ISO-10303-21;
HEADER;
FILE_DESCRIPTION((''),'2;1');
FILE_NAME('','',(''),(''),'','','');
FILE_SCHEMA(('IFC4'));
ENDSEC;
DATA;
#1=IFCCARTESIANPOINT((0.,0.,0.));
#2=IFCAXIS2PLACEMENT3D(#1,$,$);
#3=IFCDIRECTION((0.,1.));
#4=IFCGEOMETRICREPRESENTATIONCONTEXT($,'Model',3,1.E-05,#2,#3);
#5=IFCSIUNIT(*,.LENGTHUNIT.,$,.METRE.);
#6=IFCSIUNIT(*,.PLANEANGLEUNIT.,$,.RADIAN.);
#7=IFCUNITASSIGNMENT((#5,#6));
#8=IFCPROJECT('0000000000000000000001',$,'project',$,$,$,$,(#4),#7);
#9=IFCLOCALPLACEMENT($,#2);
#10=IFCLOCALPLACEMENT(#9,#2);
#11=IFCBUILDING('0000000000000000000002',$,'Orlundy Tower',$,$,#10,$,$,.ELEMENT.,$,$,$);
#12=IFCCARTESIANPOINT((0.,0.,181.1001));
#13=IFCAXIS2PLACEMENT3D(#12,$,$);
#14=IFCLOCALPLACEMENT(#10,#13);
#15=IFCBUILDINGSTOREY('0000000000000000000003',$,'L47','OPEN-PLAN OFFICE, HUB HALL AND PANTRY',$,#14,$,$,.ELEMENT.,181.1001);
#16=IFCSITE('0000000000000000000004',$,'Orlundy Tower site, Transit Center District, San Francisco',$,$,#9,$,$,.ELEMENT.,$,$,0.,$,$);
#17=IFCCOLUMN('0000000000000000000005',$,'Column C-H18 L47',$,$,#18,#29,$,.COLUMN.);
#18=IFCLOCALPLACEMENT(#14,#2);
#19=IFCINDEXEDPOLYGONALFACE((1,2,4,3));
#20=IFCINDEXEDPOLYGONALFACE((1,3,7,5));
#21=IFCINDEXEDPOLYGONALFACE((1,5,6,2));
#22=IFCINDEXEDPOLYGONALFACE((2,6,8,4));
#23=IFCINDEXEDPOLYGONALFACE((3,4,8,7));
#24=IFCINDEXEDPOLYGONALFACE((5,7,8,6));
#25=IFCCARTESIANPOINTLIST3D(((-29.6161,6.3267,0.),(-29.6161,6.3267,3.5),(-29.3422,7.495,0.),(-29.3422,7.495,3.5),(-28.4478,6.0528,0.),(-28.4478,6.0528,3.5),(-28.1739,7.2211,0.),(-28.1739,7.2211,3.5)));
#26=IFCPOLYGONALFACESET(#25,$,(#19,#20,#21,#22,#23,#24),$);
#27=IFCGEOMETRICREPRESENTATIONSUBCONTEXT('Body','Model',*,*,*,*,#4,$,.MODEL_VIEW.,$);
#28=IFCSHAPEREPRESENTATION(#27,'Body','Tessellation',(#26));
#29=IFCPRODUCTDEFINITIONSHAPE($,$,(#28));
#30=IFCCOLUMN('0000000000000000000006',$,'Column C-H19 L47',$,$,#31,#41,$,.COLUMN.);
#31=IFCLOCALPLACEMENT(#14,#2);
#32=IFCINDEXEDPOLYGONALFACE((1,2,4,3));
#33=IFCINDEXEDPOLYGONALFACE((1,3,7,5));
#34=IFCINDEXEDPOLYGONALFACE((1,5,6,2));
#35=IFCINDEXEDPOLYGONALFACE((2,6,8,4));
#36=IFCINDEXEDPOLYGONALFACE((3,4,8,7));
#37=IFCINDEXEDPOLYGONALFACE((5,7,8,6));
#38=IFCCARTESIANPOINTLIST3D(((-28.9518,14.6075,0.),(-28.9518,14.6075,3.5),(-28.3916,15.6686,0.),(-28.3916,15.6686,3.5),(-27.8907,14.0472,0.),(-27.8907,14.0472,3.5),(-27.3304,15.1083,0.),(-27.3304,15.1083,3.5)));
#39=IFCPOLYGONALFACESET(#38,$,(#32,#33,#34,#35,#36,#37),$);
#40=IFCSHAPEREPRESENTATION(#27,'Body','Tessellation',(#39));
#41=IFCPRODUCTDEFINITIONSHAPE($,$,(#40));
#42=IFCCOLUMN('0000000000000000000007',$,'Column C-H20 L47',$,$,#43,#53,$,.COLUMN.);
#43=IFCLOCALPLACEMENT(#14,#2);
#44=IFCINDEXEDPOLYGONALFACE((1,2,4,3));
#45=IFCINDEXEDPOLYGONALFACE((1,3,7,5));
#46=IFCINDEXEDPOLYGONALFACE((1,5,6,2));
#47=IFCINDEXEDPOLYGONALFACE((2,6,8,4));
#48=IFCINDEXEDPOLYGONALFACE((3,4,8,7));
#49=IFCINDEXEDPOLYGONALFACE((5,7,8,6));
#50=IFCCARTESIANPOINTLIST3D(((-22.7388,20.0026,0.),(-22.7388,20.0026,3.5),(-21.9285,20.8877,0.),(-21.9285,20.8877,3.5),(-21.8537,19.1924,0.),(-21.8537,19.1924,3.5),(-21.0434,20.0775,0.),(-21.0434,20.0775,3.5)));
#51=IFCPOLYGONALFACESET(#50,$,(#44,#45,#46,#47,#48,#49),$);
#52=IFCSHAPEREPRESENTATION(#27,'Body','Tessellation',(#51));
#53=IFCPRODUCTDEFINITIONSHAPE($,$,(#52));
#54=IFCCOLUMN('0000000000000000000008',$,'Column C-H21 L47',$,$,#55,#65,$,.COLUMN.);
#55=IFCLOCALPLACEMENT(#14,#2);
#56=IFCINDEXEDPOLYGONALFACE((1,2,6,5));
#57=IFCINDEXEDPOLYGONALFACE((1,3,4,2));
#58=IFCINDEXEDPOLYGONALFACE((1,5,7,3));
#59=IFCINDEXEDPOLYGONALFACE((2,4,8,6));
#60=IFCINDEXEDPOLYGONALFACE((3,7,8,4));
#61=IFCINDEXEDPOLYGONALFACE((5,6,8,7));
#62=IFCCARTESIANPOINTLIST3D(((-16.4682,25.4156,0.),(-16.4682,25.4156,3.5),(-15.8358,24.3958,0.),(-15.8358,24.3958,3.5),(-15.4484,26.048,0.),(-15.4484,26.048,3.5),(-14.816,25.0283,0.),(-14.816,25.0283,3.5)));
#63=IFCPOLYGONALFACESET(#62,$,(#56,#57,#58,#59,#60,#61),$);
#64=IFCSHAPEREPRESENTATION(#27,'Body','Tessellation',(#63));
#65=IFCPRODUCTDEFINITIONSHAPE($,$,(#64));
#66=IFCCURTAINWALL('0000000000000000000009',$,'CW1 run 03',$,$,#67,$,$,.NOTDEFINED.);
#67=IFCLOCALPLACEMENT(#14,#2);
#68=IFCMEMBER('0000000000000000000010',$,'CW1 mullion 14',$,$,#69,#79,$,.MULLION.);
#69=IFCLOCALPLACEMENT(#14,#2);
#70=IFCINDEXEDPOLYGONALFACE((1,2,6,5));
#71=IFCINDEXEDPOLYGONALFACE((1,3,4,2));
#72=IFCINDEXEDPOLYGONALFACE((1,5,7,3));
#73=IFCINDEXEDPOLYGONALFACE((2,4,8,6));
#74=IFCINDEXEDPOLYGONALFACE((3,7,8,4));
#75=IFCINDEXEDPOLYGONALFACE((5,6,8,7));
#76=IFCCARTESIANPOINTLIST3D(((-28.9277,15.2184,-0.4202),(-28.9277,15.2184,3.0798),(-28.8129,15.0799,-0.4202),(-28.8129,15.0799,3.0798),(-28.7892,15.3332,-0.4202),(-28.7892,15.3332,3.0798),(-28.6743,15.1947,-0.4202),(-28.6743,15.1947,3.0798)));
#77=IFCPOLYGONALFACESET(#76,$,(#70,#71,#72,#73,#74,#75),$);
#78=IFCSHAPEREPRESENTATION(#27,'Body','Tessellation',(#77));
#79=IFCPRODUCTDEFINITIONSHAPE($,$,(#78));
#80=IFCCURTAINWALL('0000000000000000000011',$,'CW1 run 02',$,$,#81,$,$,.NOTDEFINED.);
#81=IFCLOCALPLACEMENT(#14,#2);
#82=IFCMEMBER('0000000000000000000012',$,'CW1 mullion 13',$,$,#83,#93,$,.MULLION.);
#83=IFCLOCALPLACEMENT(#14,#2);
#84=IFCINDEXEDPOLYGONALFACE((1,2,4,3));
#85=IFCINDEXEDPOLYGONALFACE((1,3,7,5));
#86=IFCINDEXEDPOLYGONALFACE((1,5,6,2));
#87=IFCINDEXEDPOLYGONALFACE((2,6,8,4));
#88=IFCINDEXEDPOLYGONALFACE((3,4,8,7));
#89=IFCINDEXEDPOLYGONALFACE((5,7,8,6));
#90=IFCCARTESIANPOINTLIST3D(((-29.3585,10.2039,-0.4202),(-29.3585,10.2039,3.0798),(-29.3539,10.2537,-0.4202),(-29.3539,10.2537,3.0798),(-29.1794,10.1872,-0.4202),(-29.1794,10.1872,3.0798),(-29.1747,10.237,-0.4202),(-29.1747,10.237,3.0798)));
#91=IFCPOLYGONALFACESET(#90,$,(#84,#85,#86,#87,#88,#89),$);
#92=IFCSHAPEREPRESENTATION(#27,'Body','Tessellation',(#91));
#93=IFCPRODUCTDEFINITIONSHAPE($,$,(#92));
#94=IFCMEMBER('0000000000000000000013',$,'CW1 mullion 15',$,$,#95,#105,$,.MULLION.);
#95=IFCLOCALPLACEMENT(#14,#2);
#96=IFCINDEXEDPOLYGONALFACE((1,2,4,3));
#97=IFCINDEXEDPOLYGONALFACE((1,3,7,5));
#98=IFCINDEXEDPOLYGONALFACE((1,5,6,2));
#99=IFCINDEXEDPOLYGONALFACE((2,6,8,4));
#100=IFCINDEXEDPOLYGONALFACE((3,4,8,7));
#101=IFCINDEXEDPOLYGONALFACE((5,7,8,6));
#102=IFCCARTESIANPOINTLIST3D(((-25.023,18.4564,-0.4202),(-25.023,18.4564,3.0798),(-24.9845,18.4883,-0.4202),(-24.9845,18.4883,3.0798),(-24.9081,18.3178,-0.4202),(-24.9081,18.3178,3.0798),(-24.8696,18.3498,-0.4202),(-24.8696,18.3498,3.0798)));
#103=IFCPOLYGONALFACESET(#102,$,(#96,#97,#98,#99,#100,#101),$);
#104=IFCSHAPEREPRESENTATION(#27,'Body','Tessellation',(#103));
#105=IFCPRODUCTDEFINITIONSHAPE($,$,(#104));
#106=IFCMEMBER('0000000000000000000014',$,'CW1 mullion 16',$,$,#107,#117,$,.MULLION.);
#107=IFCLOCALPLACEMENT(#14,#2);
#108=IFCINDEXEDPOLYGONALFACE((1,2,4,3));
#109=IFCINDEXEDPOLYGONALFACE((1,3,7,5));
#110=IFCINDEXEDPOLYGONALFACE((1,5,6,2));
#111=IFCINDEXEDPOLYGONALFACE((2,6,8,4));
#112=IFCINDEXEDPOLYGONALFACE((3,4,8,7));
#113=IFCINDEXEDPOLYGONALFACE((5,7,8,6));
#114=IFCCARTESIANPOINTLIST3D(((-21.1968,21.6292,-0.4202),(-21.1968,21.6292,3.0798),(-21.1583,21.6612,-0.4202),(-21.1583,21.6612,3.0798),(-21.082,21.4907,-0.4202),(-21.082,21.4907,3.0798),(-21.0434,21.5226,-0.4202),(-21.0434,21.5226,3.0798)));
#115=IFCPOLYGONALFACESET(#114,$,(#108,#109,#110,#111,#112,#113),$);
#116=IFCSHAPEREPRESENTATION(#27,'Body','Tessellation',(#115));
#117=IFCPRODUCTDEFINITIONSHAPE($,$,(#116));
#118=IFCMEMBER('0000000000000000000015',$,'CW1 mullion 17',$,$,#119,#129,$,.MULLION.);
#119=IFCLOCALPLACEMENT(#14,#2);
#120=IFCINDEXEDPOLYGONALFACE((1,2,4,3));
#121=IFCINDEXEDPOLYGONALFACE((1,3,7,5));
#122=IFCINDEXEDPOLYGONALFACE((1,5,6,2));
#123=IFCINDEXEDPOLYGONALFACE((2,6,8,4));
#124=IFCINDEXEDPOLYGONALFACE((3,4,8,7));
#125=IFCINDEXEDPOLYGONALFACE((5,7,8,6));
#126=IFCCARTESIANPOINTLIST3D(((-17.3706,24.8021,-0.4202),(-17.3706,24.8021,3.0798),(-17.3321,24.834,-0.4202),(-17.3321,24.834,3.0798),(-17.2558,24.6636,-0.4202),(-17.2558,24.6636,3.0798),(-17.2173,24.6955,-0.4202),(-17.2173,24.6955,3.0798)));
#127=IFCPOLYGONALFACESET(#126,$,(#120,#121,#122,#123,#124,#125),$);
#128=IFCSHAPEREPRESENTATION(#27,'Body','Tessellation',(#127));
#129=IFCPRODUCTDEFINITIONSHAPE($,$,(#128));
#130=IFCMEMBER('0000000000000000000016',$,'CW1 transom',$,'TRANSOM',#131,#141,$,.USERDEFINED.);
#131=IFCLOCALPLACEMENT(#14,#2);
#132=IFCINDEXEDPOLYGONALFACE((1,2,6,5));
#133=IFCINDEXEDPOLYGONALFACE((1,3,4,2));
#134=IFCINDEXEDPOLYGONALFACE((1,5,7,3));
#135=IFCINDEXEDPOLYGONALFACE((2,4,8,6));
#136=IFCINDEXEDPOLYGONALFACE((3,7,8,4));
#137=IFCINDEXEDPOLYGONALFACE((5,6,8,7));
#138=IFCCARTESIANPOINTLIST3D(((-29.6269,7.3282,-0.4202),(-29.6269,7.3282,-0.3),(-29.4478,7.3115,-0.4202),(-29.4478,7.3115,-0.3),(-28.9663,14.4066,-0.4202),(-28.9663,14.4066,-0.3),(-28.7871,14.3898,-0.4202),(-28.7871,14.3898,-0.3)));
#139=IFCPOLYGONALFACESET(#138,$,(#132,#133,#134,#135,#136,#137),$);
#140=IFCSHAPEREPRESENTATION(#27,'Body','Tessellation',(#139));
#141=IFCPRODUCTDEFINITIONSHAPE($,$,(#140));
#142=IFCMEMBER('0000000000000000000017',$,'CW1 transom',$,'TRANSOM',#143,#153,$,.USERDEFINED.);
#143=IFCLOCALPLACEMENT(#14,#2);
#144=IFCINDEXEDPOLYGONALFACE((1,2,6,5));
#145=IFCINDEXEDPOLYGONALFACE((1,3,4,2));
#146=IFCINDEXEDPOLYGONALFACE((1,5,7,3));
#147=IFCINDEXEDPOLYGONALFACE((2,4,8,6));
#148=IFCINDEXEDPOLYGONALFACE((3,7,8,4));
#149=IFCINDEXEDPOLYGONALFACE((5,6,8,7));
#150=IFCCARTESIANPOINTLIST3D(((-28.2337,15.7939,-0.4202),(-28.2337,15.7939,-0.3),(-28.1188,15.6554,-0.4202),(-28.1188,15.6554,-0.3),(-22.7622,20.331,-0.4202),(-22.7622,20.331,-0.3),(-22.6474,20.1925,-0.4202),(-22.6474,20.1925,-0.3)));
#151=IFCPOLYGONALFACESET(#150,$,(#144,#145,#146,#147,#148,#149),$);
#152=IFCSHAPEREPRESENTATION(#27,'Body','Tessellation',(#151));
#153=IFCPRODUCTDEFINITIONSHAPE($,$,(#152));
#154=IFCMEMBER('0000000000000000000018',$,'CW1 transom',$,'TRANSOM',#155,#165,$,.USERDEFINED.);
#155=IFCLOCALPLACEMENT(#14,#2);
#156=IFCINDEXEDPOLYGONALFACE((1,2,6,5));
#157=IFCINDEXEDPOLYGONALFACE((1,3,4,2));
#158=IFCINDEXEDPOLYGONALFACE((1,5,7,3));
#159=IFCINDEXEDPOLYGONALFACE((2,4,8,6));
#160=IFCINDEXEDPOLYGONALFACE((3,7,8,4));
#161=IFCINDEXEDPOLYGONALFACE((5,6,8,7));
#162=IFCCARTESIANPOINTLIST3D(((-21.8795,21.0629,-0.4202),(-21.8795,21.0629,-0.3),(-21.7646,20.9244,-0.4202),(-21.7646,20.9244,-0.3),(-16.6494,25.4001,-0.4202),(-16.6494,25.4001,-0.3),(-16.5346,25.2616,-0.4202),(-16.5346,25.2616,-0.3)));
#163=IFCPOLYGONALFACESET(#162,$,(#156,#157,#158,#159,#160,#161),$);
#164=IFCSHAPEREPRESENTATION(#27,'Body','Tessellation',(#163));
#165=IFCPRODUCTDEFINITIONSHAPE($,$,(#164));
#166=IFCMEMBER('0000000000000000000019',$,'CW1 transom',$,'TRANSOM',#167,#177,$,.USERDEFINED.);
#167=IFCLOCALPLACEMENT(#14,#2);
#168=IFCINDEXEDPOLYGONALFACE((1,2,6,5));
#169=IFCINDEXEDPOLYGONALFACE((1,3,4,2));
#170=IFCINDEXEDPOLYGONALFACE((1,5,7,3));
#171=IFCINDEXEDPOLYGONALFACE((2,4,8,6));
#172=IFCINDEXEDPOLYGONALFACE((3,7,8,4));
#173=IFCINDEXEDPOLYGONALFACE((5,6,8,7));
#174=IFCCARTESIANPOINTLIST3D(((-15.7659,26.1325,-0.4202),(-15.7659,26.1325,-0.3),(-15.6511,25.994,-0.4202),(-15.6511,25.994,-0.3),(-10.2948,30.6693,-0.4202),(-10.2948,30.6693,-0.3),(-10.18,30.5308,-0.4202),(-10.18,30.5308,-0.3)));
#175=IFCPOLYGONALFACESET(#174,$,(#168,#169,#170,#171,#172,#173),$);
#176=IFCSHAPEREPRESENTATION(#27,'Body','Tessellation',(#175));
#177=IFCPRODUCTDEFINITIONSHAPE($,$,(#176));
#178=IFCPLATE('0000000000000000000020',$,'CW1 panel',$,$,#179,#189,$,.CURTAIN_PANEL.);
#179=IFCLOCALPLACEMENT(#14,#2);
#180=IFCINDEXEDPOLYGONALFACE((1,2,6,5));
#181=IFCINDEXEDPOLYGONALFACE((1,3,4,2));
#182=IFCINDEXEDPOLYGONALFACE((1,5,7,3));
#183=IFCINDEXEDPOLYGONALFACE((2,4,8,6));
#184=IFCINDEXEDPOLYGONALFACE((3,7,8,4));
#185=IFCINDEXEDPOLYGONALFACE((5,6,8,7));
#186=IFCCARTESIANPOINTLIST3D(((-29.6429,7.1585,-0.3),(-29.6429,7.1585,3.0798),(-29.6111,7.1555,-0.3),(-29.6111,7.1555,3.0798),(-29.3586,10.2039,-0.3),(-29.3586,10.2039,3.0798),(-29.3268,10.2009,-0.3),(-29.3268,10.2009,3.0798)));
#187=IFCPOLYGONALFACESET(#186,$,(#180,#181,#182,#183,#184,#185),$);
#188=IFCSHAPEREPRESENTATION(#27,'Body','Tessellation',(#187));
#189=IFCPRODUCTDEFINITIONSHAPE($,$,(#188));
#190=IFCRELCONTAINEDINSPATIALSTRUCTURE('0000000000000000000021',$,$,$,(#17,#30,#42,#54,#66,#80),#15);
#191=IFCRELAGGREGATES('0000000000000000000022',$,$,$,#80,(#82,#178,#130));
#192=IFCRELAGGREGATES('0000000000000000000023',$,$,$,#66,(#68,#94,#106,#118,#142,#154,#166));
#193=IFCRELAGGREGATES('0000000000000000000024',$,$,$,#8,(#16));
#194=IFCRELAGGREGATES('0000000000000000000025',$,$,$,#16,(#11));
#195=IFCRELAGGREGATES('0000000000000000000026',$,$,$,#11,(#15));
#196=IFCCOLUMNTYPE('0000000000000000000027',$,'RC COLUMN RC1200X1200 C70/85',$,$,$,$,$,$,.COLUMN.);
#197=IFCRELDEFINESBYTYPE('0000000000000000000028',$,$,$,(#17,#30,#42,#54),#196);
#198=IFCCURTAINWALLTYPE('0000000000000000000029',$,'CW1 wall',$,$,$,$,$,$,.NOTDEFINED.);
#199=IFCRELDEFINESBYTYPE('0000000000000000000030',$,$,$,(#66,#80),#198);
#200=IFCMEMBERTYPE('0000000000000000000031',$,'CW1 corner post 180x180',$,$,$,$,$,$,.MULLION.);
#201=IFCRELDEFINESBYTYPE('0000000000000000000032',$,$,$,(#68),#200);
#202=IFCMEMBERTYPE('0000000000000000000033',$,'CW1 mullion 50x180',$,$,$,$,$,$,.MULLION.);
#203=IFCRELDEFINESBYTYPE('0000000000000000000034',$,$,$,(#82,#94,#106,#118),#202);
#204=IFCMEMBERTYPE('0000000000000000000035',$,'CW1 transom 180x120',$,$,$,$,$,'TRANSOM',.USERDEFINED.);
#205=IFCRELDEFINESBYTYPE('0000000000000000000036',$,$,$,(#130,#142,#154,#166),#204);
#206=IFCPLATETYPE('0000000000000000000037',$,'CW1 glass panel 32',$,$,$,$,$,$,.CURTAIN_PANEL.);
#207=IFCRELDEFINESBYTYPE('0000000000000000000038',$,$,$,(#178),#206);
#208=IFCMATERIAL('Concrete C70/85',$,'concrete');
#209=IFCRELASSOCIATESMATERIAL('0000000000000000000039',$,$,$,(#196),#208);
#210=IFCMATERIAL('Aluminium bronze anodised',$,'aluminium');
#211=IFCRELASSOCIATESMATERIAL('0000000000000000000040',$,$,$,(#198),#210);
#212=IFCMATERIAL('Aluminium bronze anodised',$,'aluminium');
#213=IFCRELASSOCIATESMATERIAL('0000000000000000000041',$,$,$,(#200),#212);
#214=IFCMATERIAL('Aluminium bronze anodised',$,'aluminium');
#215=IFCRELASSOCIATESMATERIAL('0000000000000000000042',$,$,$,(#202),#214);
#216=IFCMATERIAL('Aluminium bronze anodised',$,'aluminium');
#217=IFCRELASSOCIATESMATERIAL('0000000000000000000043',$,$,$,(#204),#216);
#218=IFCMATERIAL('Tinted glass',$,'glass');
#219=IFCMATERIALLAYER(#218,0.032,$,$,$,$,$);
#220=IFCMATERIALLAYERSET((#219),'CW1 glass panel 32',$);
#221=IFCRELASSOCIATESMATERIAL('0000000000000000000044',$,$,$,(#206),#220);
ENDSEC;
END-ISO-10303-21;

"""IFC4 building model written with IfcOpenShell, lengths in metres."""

from ifc_helpers import new_model, si_unit, direction, frame, origin, origin_2d, place, context, subcontext, project, spatial, rectangle, extrude, material, layer, layer_set, material_profile, profile_set, type_object, element, aggregate, save


model = new_model("IFC4")

# Units and contexts
model_context = context("Model", 3, precision=1e-05, world=origin(), true_north=direction((0.0, 1.0)))
body_context = subcontext(model_context, "Body", "Model", "MODEL_VIEW")
ifc_project = project(units=[si_unit("LENGTHUNIT", "METRE"), si_unit("PLANEANGLEUNIT", "RADIAN")], contexts=[model_context])

# Site, building, storey
site_placement = place(None, origin())
site = spatial("IfcSite", under=ifc_project, at=site_placement, Name="Orlundy Tower site, Transit Center District, San Francisco", CompositionType="ELEMENT", RefElevation=0.0)
building_placement = place(site_placement, origin())
building = spatial("IfcBuilding", under=site, at=building_placement, Name="Orlundy Tower", CompositionType="ELEMENT")
storey_placement = place(building_placement, frame((0.0, 0.0, 181.1001)))
storey = spatial("IfcBuildingStorey", under=building, at=storey_placement, Name="L47", Description="OPEN-PLAN OFFICE, HUB HALL AND PANTRY", CompositionType="ELEMENT", Elevation=181.1001)

# Columns
ifc_material_1 = material(Name="Concrete C70/85", Category="concrete")
ifc_material_profile_1 = material_profile(ifc_material_1, rectangle(XDim=1.2, YDim=1.2, at=origin_2d()), Name="RC1200X1200")
ifc_profile_set_1 = profile_set([ifc_material_profile_1], Name="Concrete C70/85")
column_type = type_object("IfcColumnType", Name="RC COLUMN RC1200X1200 C70/85", PredefinedType="COLUMN", material=ifc_profile_set_1)
for number, where, z_axis, x_axis, name in (
    (1, (-28.895, 6.7739, 0.0), (0.0, 0.0, 1.0), (-0.973603, 0.228249, 0.0), "Column C-H18 L47"),
    (2, (-28.1411, 14.8579, 0.0), (0.0, 0.0, 1.0), (-0.884312, 0.466896, 0.0), "Column C-H19 L47"),
    (3, (-21.8911, 20.04, 0.0), (0.0, 0.0, 1.0), (-0.737607, 0.67523, 0.0), "Column C-H20 L47"),
    (4, (-15.6421, 25.2219, 0.0), (0.0, 0.0, 1.0), (-0.527045, 0.849838, 0.0), "Column C-H21 L47"),
):
    element("IfcColumn", number, at=place(storey_placement, frame(where, z_axis=z_axis, x_axis=x_axis)), inside=storey, type_object=column_type, Name=name, PredefinedType="COLUMN", context=body_context, shape_type="SweptSolid", body=[
        extrude(rectangle(XDim=1.2, YDim=1.2, at=origin_2d()), origin(), (0.0, 0.0, 1.0), 3.5),
    ])

# Curtain walls, members
ifc_material_2 = material(Name="Aluminium bronze anodised", Category="aluminium")
curtain_wall_type = type_object("IfcCurtainWallType", Name="CW1 wall", PredefinedType="NOTDEFINED", material=ifc_material_2)
curtain_wall_1_placement = place(storey_placement, origin())
curtain_wall_1 = element("IfcCurtainWall", 5, at=curtain_wall_1_placement, inside=storey, type_object=curtain_wall_type, Name="CW1 run 03", PredefinedType="NOTDEFINED")
ifc_material_3 = material(Name="Aluminium bronze anodised", Category="aluminium")
ifc_material_profile_2 = material_profile(ifc_material_3, rectangle(XDim=0.1799, YDim=0.1799, at=origin_2d()), Name="CW1 corner post 180x180")
ifc_profile_set_2 = profile_set([ifc_material_profile_2], Name="Aluminium bronze anodised")
member_type_1 = type_object("IfcMemberType", Name="CW1 corner post 180x180", PredefinedType="MULLION", material=ifc_profile_set_2)
member_1_placement = place(storey_placement, frame((-28.801, 15.2065, -0.4202), z_axis=(0.0, 0.0, 1.0), x_axis=(-0.638318, 0.769772, 0.0)))
member_1 = element("IfcMember", 6, at=member_1_placement, type_object=member_type_1, Name="CW1 mullion 14", PredefinedType="MULLION", context=body_context, shape_type="SweptSolid", body=[
    extrude(rectangle(XDim=0.1799, YDim=0.1799, at=origin_2d()), origin(), (0.0, 0.0, 1.0), 3.5),
])
curtain_wall_2_placement = place(storey_placement, origin())
curtain_wall_2 = element("IfcCurtainWall", 7, at=curtain_wall_2_placement, inside=storey, type_object=curtain_wall_type, Name="CW1 run 02", PredefinedType="NOTDEFINED")
ifc_material_4 = material(Name="Aluminium bronze anodised", Category="aluminium")
ifc_material_profile_3 = material_profile(ifc_material_4, rectangle(XDim=0.1799, YDim=0.05, at=origin_2d()), Name="CW1 mullion 50x180")
ifc_profile_set_3 = profile_set([ifc_material_profile_3], Name="Aluminium bronze anodised")
member_type_2 = type_object("IfcMemberType", Name="CW1 mullion 50x180", PredefinedType="MULLION", material=ifc_profile_set_3)
member_2_placement = place(storey_placement, frame((-29.2666, 10.2205, -0.4202), z_axis=(0.0, 0.0, 1.0), x_axis=(-0.995671, 0.092948, 0.0)))
member_2 = element("IfcMember", 8, at=member_2_placement, type_object=member_type_2, Name="CW1 mullion 13", PredefinedType="MULLION", context=body_context, shape_type="SweptSolid", body=[
    extrude(rectangle(XDim=0.1799, YDim=0.05, at=origin_2d()), origin(), (0.0, 0.0, 1.0), 3.5),
])

# Members
member_3_placement = place(storey_placement, frame((-24.9463, 18.4031, -0.4202), z_axis=(0.0, 0.0, 1.0), x_axis=(-0.638318, 0.769772, 0.0)))
member_3 = element("IfcMember", 9, at=member_3_placement, type_object=member_type_2, Name="CW1 mullion 15", PredefinedType="MULLION", context=body_context, shape_type="SweptSolid", body=[
    extrude(rectangle(XDim=0.1799, YDim=0.05, at=origin_2d()), origin(), (0.0, 0.0, 1.0), 3.5),
])
member_4_placement = place(storey_placement, frame((-21.1201, 21.5759, -0.4202), z_axis=(0.0, 0.0, 1.0), x_axis=(-0.638318, 0.769772, 0.0)))
member_4 = element("IfcMember", 10, at=member_4_placement, type_object=member_type_2, Name="CW1 mullion 16", PredefinedType="MULLION", context=body_context, shape_type="SweptSolid", body=[
    extrude(rectangle(XDim=0.1799, YDim=0.05, at=origin_2d()), origin(), (0.0, 0.0, 1.0), 3.5),
])
member_5_placement = place(storey_placement, frame((-17.2939, 24.7488, -0.4202), z_axis=(0.0, 0.0, 1.0), x_axis=(-0.638318, 0.769772, 0.0)))
member_5 = element("IfcMember", 11, at=member_5_placement, type_object=member_type_2, Name="CW1 mullion 17", PredefinedType="MULLION", context=body_context, shape_type="SweptSolid", body=[
    extrude(rectangle(XDim=0.1799, YDim=0.05, at=origin_2d()), origin(), (0.0, 0.0, 1.0), 3.5),
])
ifc_material_5 = material(Name="Aluminium bronze anodised", Category="aluminium")
ifc_material_profile_4 = material_profile(ifc_material_5, rectangle(XDim=0.1799, YDim=0.1201, at=origin_2d()), Name="CW1 transom 180x120")
ifc_profile_set_4 = profile_set([ifc_material_profile_4], Name="Aluminium bronze anodised")
member_type_3 = type_object("IfcMemberType", Name="CW1 transom 180x120", ElementType="TRANSOM", PredefinedType="USERDEFINED", material=ifc_profile_set_4)
member_6_placement = place(storey_placement, frame((-29.5374, 7.3198, -0.3601), z_axis=(0.092929, 0.995673, 0.0), x_axis=(-0.995673, 0.092929, 0.0)))
member_6 = element("IfcMember", 12, at=member_6_placement, type_object=member_type_3, Name="CW1 transom", ObjectType="TRANSOM", PredefinedType="USERDEFINED", context=body_context, shape_type="SweptSolid", body=[
    extrude(rectangle(XDim=0.1799, YDim=0.1201, at=origin_2d()), origin(), (0.0, 0.0, 1.0), 7.1091),
])
member_7_placement = place(storey_placement, frame((-28.1763, 15.7246, -0.3601), z_axis=(0.76977, 0.638321, 0.0), x_axis=(-0.638321, 0.76977, 0.0)))
member_7 = element("IfcMember", 13, at=member_7_placement, type_object=member_type_3, Name="CW1 transom", ObjectType="TRANSOM", PredefinedType="USERDEFINED", context=body_context, shape_type="SweptSolid", body=[
    extrude(rectangle(XDim=0.1799, YDim=0.1201, at=origin_2d()), origin(), (0.0, 0.0, 1.0), 7.1079),
])
member_8_placement = place(storey_placement, frame((-21.822, 20.9937, -0.3601), z_axis=(0.769751, 0.638345, 0.0), x_axis=(-0.638345, 0.769751, 0.0)))
member_8 = element("IfcMember", 14, at=member_8_placement, type_object=member_type_3, Name="CW1 transom", ObjectType="TRANSOM", PredefinedType="USERDEFINED", context=body_context, shape_type="SweptSolid", body=[
    extrude(rectangle(XDim=0.1799, YDim=0.1201, at=origin_2d()), origin(), (0.0, 0.0, 1.0), 6.7944),
])
member_9_placement = place(storey_placement, frame((-15.7085, 26.0632, -0.3601), z_axis=(0.769773, 0.638318, 0.0), x_axis=(-0.638318, 0.769773, 0.0)))
member_9 = element("IfcMember", 15, at=member_9_placement, type_object=member_type_3, Name="CW1 transom", ObjectType="TRANSOM", PredefinedType="USERDEFINED", context=body_context, shape_type="SweptSolid", body=[
    extrude(rectangle(XDim=0.1799, YDim=0.1201, at=origin_2d()), origin(), (0.0, 0.0, 1.0), 7.1074),
])

# Plate
ifc_material_6 = material(Name="Tinted glass", Category="glass")
ifc_layer_1 = layer(ifc_material_6, 0.032)
ifc_layer_set_1 = layer_set([ifc_layer_1], Name="CW1 glass panel 32")
plate_type = type_object("IfcPlateType", Name="CW1 glass panel 32", PredefinedType="CURTAIN_PANEL", material=ifc_layer_set_1)
plate_1_placement = place(storey_placement, frame((-29.4849, 8.6797, -0.3), z_axis=(0.0, 0.0, 1.0), x_axis=(0.092948, 0.995671, 0.0)))
plate_1 = element("IfcPlate", 16, at=plate_1_placement, type_object=plate_type, Name="CW1 panel", PredefinedType="CURTAIN_PANEL", context=body_context, shape_type="SweptSolid", body=[
    extrude(rectangle(XDim=3.0586, YDim=0.032, at=origin_2d()), origin(), (0.0, 0.0, 1.0), 3.3799),
])
aggregate(curtain_wall_2, [member_2, plate_1, member_6])
aggregate(curtain_wall_1, [member_1, member_3, member_4, member_5, member_7, member_8, member_9])

save(model, "model.ifc")
